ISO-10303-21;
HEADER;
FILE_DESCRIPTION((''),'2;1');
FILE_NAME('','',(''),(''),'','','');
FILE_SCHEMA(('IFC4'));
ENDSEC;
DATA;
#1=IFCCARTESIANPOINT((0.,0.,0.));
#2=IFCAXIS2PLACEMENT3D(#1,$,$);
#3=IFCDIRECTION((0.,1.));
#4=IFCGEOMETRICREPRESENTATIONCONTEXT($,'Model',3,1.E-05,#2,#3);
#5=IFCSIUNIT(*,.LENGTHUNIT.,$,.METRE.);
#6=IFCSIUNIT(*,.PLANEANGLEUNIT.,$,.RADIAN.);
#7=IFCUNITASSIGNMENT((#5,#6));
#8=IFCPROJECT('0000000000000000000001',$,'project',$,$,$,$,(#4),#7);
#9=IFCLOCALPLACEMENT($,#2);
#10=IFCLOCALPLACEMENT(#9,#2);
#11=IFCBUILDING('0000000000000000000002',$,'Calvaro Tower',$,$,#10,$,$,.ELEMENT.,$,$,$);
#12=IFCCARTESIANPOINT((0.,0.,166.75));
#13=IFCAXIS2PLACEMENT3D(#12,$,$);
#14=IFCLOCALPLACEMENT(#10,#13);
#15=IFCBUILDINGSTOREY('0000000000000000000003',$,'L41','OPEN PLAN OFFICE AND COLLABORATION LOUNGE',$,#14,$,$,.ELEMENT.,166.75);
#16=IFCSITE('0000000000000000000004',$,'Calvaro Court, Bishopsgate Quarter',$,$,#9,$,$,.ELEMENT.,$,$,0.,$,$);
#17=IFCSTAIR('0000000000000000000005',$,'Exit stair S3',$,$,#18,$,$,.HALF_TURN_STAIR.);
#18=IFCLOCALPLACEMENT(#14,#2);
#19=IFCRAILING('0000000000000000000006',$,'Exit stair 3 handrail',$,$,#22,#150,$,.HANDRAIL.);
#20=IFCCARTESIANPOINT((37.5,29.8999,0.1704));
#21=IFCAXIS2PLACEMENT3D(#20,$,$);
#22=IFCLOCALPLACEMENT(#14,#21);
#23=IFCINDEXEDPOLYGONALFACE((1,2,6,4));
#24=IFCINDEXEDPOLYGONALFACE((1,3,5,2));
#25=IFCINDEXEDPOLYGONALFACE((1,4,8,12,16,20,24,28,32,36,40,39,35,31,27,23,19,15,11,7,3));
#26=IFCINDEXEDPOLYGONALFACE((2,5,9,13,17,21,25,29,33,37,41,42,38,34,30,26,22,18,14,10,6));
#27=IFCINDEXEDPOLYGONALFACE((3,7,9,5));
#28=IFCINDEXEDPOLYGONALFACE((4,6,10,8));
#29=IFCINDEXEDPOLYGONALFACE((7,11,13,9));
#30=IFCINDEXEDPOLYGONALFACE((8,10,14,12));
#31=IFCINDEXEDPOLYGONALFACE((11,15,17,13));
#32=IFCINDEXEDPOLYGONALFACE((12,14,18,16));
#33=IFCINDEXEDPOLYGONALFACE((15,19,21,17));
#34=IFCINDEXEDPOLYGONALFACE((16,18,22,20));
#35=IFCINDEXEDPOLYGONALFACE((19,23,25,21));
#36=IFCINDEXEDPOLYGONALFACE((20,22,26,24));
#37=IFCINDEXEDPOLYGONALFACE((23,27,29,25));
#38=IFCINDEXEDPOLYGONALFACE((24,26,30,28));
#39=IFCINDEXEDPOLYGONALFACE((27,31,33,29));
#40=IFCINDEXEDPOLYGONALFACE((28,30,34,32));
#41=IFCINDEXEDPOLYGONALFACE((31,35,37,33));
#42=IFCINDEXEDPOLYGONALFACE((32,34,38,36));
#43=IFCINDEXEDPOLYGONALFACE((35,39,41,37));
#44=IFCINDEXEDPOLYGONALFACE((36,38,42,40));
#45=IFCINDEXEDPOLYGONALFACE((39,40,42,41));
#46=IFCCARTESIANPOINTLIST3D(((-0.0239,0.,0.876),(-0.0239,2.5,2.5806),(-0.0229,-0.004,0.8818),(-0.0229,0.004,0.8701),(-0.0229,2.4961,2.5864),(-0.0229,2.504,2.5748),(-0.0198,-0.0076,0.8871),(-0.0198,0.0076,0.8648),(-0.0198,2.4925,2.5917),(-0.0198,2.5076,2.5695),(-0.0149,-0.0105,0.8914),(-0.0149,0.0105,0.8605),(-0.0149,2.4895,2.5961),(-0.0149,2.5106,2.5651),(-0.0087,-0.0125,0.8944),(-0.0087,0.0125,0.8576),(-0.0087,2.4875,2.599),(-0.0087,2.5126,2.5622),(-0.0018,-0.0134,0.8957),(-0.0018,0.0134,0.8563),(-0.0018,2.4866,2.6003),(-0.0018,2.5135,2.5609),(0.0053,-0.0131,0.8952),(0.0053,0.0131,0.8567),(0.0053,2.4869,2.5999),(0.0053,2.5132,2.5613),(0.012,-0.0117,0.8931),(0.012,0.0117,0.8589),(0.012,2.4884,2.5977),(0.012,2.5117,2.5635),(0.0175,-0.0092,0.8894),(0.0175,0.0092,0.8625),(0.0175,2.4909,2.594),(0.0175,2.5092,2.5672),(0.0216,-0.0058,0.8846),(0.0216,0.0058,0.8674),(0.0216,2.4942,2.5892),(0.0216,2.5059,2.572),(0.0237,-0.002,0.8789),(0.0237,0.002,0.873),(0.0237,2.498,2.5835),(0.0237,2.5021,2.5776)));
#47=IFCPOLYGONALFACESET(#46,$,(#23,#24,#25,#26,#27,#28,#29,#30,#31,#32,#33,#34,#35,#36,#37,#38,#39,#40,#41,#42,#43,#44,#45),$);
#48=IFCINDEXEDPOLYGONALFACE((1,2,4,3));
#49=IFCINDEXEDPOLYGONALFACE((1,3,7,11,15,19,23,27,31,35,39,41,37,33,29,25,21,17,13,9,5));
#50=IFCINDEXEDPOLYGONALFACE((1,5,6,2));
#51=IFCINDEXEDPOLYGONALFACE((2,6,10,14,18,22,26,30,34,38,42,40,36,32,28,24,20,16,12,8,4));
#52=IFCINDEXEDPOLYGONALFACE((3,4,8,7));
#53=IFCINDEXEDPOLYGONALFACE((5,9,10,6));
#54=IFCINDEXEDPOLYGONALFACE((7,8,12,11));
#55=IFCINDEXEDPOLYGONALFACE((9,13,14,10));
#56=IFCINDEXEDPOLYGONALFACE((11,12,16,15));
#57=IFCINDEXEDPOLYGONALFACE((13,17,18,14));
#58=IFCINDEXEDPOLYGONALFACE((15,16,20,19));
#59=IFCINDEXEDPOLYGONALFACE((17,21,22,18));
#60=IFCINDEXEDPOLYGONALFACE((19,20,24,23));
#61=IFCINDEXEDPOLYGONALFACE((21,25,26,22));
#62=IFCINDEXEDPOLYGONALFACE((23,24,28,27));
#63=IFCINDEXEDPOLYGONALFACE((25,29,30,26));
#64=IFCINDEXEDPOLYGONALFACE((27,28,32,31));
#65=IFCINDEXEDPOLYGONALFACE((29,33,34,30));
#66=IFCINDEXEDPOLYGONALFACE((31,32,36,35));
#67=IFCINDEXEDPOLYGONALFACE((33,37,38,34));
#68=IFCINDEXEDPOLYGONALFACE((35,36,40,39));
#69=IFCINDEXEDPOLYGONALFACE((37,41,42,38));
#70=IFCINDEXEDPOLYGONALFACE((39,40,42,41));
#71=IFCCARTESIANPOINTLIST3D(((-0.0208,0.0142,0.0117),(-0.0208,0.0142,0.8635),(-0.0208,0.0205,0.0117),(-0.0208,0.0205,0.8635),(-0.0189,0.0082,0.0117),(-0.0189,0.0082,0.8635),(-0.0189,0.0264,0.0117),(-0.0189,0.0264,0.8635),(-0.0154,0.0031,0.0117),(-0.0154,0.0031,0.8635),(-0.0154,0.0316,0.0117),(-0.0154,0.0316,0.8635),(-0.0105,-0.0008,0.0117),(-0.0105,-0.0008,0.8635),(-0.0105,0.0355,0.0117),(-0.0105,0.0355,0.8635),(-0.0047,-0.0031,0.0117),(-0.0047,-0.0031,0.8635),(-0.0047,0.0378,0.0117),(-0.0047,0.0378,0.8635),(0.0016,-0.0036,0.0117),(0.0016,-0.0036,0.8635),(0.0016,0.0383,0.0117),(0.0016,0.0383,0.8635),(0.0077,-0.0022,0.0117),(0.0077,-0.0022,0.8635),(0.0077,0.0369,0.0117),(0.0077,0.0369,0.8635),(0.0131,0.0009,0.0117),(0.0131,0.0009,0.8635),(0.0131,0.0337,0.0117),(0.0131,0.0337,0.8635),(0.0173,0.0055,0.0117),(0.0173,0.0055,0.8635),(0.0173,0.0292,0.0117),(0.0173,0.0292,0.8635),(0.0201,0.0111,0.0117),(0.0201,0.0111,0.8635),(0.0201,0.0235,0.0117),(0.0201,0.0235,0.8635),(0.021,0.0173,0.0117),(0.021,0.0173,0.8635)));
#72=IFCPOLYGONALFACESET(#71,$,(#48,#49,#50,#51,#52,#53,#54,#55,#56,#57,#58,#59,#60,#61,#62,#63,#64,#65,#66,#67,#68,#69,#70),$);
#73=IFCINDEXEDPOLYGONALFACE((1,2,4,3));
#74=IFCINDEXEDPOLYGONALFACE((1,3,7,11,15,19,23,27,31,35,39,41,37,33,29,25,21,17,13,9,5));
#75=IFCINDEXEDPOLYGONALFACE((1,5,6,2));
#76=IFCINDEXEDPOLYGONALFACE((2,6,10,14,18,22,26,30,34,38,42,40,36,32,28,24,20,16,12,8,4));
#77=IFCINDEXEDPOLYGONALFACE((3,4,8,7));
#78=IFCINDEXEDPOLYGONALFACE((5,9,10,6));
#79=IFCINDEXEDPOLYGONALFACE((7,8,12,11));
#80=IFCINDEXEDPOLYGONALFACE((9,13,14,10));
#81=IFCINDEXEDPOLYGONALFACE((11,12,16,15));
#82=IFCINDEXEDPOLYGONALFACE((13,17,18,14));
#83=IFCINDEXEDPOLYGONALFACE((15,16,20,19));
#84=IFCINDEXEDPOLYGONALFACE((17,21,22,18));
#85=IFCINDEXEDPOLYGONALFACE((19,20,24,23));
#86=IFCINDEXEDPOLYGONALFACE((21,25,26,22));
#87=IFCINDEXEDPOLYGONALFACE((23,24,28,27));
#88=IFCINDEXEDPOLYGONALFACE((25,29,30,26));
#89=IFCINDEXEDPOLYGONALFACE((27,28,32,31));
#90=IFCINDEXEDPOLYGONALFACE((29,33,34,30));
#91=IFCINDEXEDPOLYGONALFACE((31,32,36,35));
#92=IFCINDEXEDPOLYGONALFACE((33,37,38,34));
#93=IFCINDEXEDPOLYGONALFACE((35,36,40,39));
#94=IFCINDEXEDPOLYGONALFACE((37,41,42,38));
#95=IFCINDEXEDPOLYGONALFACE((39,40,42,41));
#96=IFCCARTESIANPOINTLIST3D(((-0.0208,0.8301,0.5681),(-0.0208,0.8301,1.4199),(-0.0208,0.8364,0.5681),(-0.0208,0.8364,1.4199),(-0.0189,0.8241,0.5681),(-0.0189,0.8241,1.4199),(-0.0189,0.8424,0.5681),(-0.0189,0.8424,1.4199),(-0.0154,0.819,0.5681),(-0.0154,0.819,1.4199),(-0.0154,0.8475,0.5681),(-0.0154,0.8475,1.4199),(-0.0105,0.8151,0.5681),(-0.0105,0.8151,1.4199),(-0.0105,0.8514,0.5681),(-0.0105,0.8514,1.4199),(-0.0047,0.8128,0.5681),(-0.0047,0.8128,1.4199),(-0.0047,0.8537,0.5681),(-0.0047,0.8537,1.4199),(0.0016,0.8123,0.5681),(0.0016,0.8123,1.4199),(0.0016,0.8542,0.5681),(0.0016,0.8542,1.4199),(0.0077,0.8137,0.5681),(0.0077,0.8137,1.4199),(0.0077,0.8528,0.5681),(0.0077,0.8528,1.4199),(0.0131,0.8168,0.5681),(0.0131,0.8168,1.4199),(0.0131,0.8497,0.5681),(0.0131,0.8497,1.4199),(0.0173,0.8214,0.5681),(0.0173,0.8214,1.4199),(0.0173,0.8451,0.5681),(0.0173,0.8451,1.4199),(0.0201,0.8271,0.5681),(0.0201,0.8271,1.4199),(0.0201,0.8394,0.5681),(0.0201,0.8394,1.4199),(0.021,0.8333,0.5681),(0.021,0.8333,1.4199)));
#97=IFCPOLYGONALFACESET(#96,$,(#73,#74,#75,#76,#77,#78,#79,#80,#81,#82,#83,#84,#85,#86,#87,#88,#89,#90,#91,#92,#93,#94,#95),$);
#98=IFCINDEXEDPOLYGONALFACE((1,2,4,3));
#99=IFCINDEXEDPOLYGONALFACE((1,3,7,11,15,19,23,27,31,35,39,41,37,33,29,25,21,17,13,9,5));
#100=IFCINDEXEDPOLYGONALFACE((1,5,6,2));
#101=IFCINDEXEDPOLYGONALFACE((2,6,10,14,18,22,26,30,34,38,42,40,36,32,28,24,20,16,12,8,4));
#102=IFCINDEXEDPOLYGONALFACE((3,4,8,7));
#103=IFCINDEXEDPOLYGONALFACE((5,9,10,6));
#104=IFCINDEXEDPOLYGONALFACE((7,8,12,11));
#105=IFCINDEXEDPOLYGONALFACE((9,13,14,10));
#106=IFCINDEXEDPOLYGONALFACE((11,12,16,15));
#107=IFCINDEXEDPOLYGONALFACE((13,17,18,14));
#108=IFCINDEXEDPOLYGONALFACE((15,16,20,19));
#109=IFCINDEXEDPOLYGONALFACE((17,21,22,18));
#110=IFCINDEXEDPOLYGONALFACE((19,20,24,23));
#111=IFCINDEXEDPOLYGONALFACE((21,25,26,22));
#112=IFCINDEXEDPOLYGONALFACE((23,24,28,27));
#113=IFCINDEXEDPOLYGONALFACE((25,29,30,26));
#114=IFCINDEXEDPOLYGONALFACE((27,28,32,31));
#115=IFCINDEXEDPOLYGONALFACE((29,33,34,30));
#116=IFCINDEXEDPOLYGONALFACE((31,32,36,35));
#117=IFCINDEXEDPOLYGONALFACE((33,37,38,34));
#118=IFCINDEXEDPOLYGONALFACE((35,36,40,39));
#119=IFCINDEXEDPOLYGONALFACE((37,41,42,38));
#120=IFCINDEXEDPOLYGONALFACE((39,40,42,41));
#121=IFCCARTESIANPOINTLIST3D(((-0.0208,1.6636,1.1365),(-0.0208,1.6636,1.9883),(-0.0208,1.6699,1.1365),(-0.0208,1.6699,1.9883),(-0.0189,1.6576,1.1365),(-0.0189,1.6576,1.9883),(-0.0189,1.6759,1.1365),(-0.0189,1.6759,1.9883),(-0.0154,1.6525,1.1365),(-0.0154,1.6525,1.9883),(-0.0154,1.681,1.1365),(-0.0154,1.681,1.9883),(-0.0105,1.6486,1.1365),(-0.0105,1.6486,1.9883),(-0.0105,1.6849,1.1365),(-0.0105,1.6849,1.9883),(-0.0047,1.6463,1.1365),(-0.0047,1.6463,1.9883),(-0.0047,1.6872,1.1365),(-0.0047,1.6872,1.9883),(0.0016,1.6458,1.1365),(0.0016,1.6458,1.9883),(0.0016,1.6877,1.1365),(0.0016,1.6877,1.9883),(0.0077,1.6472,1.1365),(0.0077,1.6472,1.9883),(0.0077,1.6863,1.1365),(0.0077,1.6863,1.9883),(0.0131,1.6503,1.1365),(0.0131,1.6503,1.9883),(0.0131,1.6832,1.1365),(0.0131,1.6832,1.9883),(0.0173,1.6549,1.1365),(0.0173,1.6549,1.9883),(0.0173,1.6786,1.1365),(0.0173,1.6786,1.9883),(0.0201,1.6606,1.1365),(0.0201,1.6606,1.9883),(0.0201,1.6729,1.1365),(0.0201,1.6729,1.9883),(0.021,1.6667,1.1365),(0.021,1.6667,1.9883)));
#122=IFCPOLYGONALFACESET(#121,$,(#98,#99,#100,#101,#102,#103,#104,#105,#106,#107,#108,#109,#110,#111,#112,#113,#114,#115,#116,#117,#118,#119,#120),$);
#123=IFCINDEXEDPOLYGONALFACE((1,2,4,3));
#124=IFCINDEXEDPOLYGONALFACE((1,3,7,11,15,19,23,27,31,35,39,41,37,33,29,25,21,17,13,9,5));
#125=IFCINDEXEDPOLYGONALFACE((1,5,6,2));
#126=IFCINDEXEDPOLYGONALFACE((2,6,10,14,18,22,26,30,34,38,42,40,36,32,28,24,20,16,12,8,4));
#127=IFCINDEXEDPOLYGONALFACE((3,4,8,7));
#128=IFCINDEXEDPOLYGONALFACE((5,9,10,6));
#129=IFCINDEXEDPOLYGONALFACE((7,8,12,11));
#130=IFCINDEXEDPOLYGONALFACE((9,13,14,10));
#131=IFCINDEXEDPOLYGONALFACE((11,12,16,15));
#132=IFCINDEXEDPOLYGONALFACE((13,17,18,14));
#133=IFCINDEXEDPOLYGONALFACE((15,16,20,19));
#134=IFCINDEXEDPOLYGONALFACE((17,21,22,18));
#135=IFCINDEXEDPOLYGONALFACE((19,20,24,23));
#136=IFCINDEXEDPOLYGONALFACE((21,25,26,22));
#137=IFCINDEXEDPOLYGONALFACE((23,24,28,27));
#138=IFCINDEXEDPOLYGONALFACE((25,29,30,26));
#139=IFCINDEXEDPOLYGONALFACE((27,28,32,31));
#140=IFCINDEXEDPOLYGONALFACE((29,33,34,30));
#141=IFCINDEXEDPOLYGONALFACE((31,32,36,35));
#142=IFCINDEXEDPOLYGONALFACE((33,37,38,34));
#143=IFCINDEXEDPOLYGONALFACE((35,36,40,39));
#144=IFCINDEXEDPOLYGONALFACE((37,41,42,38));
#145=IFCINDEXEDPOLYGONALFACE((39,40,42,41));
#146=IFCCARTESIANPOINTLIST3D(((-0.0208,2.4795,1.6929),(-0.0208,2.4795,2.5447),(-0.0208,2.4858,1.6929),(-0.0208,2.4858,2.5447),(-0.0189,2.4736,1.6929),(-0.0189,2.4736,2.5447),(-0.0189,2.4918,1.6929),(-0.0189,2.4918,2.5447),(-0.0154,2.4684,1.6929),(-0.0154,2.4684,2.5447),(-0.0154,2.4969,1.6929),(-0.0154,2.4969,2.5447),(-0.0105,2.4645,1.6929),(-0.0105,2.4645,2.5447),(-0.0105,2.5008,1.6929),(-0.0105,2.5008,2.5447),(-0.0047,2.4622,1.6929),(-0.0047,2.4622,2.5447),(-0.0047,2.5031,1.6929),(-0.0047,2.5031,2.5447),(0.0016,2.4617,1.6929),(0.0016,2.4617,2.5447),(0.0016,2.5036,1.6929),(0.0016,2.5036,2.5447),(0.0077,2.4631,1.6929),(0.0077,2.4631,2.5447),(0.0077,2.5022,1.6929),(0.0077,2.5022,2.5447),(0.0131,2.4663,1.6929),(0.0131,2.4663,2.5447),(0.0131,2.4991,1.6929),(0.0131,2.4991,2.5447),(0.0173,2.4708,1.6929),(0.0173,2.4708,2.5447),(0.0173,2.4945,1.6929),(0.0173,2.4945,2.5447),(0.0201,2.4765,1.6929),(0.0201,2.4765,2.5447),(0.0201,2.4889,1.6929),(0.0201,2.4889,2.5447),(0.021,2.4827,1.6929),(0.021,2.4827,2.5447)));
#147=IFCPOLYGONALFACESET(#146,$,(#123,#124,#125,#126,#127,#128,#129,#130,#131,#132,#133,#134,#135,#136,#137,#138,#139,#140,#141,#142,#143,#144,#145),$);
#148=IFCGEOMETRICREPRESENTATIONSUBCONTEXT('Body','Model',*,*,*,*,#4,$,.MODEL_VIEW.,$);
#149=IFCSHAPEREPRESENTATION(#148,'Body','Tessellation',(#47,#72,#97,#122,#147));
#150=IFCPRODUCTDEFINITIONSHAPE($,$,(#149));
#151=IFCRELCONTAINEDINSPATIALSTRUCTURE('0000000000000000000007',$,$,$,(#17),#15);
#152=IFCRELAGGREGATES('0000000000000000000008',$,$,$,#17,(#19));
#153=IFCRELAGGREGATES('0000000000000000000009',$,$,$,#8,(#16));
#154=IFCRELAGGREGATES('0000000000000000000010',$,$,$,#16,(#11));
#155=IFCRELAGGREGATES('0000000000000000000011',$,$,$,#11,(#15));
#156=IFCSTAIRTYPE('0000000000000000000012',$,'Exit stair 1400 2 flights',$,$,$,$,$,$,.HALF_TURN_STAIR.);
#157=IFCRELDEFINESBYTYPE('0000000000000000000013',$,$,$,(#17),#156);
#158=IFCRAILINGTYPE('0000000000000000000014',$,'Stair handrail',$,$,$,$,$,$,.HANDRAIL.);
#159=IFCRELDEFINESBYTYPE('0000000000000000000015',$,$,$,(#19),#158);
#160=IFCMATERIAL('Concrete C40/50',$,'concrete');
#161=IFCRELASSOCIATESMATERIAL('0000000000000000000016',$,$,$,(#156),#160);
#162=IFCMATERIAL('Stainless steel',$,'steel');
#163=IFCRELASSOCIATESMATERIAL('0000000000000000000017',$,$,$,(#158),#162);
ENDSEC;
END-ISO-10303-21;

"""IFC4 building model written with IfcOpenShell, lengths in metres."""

from ifc_helpers import new_model, si_unit, direction, frame, origin, origin_2d, place, context, subcontext, project, spatial, circle, extrude, material, type_object, element, aggregate, save


model = new_model("IFC4")

# Units and contexts
model_context = context("Model", 3, precision=1e-05, world=origin(), true_north=direction((0.0, 1.0)))
body_context = subcontext(model_context, "Body", "Model", "MODEL_VIEW")
ifc_project = project(units=[si_unit("LENGTHUNIT", "METRE"), si_unit("PLANEANGLEUNIT", "RADIAN")], contexts=[model_context])

# Site, building, storey
site_placement = place(None, origin())
site = spatial("IfcSite", under=ifc_project, at=site_placement, Name="Calvaro Court, Bishopsgate Quarter", CompositionType="ELEMENT", RefElevation=0.0)
building_placement = place(site_placement, origin())
building = spatial("IfcBuilding", under=site, at=building_placement, Name="Calvaro Tower", CompositionType="ELEMENT")
storey_placement = place(building_placement, frame((0.0, 0.0, 166.75)))
storey = spatial("IfcBuildingStorey", under=building, at=storey_placement, Name="L41", Description="OPEN PLAN OFFICE AND COLLABORATION LOUNGE", CompositionType="ELEMENT", Elevation=166.75)

# Stair
ifc_material_1 = material(Name="Concrete C40/50", Category="concrete")
stair_type = type_object("IfcStairType", Name="Exit stair 1400 2 flights", PredefinedType="HALF_TURN_STAIR", material=ifc_material_1)
stair_1_placement = place(storey_placement, origin())
stair_1 = element("IfcStair", 1, at=stair_1_placement, inside=storey, type_object=stair_type, Name="Exit stair S3", PredefinedType="HALF_TURN_STAIR")

# Railing
ifc_material_2 = material(Name="Stainless steel", Category="steel")
railing_type = type_object("IfcRailingType", Name="Stair handrail", PredefinedType="HANDRAIL", material=ifc_material_2)
railing_1_placement = place(storey_placement, frame((37.5, 29.8999, 0.1704)))
railing_1 = element("IfcRailing", 2, at=railing_1_placement, type_object=railing_type, Name="Exit stair 3 handrail", PredefinedType="HANDRAIL", context=body_context, shape_type="SweptSolid", body=[
    extrude(circle(Radius=0.0239, at=origin_2d()), frame((0.0, 0.0, 0.876), z_axis=(0.0, 0.826221, 0.563347), x_axis=(-1.0, 0.0, 0.0)), (0.0, 0.0, 1.0), 3.0259),
    extrude(circle(Radius=0.021, at=origin_2d()), frame((0.0, 0.0173, 0.0117)), (0.0, 0.0, 1.0), 0.8518),
    extrude(circle(Radius=0.021, at=origin_2d()), frame((0.0, 0.8333, 0.5681)), (0.0, 0.0, 1.0), 0.8518),
    extrude(circle(Radius=0.021, at=origin_2d()), frame((0.0, 1.6667, 1.1365)), (0.0, 0.0, 1.0), 0.8518),
    extrude(circle(Radius=0.021, at=origin_2d()), frame((0.0, 2.4827, 1.6929)), (0.0, 0.0, 1.0), 0.8518),
])
aggregate(stair_1, [railing_1])

save(model, "model.ifc")
